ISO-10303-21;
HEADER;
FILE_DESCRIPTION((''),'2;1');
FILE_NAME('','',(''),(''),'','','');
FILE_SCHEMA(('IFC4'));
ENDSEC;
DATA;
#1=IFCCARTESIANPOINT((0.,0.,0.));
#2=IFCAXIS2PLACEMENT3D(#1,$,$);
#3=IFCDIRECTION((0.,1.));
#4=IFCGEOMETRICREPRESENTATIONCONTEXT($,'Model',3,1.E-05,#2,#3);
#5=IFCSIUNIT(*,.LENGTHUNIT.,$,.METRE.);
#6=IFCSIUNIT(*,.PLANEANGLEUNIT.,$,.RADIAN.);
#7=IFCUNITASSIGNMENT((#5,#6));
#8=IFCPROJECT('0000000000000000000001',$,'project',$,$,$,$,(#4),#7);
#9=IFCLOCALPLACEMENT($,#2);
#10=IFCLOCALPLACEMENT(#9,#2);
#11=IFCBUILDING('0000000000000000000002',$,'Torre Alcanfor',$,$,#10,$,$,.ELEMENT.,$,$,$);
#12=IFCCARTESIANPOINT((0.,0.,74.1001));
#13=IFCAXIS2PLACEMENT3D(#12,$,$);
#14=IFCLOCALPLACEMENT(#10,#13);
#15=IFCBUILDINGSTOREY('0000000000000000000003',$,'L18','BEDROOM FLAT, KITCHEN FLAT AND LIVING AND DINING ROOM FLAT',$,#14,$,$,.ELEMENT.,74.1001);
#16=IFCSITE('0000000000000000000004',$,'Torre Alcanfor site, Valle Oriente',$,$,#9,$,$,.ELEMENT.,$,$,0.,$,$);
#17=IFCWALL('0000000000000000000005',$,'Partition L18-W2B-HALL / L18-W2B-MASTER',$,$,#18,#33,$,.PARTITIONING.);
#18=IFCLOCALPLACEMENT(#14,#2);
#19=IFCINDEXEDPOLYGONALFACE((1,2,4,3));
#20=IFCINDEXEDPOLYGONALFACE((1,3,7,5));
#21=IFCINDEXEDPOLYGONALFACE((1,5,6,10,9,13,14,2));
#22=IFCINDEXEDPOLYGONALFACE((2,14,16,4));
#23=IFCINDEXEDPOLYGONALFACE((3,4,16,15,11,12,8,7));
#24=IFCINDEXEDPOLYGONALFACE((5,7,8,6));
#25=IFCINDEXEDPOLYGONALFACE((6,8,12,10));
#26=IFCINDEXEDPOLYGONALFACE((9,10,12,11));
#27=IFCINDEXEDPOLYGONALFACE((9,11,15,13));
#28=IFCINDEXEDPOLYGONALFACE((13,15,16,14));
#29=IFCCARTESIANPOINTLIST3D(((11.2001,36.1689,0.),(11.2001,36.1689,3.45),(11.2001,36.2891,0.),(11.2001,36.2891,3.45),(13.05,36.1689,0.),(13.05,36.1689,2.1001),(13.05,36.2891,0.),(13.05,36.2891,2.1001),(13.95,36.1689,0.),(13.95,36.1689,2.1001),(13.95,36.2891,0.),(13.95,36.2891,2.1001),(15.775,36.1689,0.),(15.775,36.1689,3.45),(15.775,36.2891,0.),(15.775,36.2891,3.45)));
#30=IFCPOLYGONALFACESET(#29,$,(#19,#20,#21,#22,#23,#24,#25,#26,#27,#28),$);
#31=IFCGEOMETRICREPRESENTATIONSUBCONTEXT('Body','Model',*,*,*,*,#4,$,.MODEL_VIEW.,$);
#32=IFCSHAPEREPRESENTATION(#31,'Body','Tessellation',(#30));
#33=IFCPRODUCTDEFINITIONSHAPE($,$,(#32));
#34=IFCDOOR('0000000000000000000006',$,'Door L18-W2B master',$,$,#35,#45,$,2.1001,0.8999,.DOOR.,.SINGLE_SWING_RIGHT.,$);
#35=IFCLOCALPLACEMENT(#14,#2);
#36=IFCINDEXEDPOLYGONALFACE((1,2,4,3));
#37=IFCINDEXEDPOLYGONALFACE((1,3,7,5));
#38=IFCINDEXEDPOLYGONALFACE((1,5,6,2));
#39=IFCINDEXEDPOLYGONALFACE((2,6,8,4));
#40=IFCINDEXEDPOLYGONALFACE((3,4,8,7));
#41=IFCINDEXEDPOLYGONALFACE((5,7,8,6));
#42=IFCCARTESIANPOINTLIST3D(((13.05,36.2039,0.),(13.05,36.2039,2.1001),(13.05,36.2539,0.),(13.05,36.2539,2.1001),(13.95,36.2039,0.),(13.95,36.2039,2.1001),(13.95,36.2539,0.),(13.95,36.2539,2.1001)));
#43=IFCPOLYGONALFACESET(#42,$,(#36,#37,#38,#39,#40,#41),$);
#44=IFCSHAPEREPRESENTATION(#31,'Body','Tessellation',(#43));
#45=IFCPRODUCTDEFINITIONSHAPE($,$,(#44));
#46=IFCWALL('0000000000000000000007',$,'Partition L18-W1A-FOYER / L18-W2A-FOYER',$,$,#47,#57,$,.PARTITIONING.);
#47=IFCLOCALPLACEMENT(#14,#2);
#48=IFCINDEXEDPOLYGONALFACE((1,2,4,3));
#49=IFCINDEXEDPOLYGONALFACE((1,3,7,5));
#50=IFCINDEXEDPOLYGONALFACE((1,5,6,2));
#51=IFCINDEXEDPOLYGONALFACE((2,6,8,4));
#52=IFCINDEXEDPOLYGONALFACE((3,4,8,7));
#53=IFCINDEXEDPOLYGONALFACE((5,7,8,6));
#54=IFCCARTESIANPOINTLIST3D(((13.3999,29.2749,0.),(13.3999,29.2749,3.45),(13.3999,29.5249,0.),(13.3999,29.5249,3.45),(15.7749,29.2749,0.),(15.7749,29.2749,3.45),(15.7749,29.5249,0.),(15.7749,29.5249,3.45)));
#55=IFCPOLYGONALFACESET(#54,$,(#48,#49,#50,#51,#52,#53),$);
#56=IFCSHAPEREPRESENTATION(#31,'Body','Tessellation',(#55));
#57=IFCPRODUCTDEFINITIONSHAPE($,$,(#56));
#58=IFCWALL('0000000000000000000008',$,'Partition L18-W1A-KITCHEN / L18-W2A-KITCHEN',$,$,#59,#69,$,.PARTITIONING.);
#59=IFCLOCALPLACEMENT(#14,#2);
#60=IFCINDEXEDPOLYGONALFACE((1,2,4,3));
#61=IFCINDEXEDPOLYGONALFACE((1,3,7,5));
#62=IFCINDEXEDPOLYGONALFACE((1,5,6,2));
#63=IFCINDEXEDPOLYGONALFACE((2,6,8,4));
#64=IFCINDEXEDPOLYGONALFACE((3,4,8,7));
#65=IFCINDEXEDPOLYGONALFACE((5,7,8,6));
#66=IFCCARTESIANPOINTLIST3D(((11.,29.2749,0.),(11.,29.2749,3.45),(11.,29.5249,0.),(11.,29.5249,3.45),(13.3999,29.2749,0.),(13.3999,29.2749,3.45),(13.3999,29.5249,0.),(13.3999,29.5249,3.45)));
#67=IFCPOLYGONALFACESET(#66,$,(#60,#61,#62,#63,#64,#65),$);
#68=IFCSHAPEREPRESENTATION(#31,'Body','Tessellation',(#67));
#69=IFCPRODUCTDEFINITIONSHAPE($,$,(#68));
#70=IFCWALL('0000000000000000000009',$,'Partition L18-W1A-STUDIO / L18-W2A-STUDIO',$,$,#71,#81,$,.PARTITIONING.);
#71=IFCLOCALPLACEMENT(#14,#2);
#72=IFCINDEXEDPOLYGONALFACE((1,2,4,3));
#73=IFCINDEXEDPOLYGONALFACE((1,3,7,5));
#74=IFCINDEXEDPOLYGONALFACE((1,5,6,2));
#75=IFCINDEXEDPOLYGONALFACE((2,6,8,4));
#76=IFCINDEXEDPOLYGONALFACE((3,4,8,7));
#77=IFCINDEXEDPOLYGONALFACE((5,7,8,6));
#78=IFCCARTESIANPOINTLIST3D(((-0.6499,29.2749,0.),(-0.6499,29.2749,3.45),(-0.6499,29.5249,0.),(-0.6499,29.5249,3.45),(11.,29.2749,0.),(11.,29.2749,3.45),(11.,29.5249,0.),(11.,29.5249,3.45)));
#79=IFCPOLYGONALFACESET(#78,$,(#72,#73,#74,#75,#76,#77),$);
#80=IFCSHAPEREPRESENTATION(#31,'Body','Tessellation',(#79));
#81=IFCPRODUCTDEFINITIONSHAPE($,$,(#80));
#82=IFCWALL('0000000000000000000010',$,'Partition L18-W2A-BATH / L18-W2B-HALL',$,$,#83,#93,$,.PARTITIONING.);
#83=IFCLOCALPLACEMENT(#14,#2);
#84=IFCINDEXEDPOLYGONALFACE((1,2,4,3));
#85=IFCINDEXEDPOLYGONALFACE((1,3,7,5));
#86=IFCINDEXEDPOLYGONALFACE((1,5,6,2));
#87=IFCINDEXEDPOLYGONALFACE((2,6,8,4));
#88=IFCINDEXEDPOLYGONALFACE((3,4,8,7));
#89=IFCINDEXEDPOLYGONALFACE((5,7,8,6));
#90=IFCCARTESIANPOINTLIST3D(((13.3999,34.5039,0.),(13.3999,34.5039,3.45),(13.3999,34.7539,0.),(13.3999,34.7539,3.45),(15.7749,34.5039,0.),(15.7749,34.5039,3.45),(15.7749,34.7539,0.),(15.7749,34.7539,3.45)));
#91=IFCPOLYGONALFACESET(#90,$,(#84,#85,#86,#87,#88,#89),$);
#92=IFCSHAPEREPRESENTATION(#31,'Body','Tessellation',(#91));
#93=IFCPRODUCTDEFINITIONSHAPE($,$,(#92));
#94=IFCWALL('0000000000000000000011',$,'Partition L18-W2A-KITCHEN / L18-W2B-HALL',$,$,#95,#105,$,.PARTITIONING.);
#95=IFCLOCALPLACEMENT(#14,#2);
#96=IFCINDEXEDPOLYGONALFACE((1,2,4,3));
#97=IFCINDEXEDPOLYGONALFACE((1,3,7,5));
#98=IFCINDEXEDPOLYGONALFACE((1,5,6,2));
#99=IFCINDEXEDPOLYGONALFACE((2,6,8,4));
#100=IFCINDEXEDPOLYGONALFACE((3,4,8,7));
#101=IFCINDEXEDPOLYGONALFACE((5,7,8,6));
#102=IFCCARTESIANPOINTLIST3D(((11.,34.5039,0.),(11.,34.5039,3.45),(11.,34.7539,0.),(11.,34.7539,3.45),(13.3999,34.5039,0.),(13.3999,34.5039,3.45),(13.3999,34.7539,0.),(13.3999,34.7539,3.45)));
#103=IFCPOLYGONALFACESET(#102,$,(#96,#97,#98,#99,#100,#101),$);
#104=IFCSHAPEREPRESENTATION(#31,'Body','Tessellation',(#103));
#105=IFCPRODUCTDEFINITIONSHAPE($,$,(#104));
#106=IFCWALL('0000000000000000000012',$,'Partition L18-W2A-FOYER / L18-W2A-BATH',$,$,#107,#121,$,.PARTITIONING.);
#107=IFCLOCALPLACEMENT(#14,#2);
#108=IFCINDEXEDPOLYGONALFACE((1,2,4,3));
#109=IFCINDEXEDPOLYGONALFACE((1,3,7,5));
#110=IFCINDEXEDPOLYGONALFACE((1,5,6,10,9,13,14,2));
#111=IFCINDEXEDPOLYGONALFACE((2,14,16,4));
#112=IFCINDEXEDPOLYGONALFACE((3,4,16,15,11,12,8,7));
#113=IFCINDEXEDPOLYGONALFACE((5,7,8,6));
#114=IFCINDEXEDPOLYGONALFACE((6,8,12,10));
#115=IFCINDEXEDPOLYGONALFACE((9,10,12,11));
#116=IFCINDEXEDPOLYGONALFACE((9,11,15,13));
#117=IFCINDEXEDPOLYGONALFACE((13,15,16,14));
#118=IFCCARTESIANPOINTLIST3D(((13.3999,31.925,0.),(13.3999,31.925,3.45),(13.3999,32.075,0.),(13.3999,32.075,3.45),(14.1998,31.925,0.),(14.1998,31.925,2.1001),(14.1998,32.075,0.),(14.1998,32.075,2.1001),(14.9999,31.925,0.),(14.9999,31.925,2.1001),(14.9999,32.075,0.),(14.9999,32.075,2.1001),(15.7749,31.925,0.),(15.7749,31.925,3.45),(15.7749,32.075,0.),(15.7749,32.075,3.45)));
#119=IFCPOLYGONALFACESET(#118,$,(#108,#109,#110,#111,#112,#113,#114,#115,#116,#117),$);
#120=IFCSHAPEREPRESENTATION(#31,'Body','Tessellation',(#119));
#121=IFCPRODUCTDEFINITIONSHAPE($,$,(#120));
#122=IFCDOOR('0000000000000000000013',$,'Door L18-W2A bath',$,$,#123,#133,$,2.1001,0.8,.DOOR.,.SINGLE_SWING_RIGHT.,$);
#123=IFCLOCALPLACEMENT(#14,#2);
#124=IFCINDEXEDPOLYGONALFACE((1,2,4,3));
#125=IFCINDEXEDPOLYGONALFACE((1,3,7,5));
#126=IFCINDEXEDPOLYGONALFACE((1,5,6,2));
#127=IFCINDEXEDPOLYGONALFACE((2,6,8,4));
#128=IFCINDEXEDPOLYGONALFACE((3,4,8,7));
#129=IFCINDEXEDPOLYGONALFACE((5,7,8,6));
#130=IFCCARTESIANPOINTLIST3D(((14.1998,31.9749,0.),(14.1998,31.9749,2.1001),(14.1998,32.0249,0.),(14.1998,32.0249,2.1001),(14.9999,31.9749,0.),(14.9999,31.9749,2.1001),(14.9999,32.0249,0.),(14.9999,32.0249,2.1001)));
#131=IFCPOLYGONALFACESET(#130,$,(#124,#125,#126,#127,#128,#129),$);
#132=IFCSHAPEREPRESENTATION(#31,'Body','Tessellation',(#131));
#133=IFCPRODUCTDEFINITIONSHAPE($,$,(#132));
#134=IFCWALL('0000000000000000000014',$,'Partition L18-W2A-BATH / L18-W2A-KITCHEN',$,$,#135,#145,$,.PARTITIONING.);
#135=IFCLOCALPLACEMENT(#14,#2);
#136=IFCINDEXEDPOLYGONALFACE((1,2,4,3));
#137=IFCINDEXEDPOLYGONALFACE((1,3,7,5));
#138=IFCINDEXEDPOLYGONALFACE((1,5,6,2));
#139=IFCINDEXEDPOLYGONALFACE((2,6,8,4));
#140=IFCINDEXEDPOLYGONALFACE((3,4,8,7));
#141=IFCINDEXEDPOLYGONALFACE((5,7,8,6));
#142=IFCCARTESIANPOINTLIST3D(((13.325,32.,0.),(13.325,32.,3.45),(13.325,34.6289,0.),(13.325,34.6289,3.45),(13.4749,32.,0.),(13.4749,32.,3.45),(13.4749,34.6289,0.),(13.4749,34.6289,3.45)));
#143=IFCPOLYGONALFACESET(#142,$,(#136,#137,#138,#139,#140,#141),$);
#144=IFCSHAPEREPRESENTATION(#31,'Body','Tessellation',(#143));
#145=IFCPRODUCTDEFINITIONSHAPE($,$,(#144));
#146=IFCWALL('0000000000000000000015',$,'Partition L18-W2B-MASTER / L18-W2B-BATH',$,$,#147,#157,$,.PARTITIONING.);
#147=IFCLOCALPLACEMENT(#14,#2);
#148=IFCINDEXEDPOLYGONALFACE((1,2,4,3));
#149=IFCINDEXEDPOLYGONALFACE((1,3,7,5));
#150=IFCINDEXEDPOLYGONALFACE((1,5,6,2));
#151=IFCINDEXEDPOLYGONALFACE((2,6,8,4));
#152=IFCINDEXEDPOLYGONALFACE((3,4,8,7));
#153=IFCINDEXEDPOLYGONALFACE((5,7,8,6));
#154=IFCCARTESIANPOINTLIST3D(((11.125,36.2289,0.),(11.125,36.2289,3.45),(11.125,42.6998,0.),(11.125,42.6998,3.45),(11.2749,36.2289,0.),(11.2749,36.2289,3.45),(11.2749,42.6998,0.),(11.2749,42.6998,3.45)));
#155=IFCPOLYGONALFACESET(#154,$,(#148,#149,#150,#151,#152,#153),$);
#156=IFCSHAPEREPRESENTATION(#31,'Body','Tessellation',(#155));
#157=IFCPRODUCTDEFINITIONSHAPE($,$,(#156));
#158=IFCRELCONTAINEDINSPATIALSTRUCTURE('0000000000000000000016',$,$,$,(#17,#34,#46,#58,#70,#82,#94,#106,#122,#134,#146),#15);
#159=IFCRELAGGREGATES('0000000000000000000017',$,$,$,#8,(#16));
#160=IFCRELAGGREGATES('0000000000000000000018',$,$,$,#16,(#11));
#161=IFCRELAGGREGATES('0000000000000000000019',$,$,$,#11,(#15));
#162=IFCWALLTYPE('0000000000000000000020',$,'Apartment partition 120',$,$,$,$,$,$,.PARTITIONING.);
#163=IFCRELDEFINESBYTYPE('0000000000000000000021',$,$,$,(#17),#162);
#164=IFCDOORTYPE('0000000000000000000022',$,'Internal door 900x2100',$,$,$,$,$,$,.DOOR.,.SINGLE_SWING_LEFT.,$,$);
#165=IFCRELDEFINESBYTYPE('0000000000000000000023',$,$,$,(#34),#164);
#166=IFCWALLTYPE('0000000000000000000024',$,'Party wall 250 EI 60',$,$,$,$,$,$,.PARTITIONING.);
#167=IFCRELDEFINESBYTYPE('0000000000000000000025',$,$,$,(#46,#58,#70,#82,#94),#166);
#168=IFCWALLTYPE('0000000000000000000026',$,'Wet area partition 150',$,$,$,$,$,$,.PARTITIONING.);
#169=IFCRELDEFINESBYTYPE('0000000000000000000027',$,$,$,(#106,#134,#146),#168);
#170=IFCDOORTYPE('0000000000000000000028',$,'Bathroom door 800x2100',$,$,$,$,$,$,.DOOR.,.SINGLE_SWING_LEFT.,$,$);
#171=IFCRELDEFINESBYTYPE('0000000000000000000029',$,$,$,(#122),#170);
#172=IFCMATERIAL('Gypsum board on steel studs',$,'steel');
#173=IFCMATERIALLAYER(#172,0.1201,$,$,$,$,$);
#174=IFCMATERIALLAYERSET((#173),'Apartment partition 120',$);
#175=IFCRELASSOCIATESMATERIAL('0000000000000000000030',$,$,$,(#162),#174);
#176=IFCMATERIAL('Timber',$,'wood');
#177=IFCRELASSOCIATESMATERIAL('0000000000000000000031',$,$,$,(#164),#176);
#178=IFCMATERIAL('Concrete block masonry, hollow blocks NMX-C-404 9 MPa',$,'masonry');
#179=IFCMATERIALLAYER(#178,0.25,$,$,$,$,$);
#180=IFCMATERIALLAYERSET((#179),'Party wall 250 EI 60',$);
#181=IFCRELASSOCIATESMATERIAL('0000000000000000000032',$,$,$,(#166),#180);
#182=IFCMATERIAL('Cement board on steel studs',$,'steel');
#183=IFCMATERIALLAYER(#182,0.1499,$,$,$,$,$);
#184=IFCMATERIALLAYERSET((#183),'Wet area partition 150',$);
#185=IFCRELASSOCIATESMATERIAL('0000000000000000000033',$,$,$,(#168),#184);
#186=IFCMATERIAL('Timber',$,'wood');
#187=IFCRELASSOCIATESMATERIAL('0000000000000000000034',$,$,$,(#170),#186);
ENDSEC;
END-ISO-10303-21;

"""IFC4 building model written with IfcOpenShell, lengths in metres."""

from ifc_helpers import new_model, si_unit, direction, frame, frame_2d, origin, place, context, subcontext, project, spatial, rectangle, extrude, material, layer, layer_set, type_object, element, fill, save


model = new_model("IFC4")

# Units and contexts
model_context = context("Model", 3, precision=1e-05, world=origin(), true_north=direction((0.0, 1.0)))
body_context = subcontext(model_context, "Body", "Model", "MODEL_VIEW")
ifc_project = project(units=[si_unit("LENGTHUNIT", "METRE"), si_unit("PLANEANGLEUNIT", "RADIAN")], contexts=[model_context])

# Site, building, storey
site_placement = place(None, origin())
site = spatial("IfcSite", under=ifc_project, at=site_placement, Name="Torre Alcanfor site, Valle Oriente", CompositionType="ELEMENT", RefElevation=0.0)
building_placement = place(site_placement, origin())
building = spatial("IfcBuilding", under=site, at=building_placement, Name="Torre Alcanfor", CompositionType="ELEMENT")
storey_placement = place(building_placement, frame((0.0, 0.0, 74.1001)))
storey = spatial("IfcBuildingStorey", under=building, at=storey_placement, Name="L18", Description="BEDROOM FLAT, KITCHEN FLAT AND LIVING AND DINING ROOM FLAT", CompositionType="ELEMENT", Elevation=74.1001)

# Wall, opening, door
ifc_material_1 = material(Name="Gypsum board on steel studs", Category="steel")
ifc_layer_1 = layer(ifc_material_1, 0.1201)
ifc_layer_set_1 = layer_set([ifc_layer_1], Name="Apartment partition 120")
wall_type_1 = type_object("IfcWallType", Name="Apartment partition 120", PredefinedType="PARTITIONING", material=ifc_layer_set_1)
wall_1_placement = place(storey_placement, frame((11.2, 36.229, 0.0), z_axis=(0.0, 0.0, 1.0), x_axis=(1.0, 0.0, 0.0)))
wall_1 = element("IfcWall", 1, at=wall_1_placement, inside=storey, type_object=wall_type_1, Name="Partition L18-W2B-HALL / L18-W2B-MASTER", PredefinedType="PARTITIONING", context=body_context, shape_type="SweptSolid", body=[
    extrude(rectangle(XDim=4.575, YDim=0.1201, at=frame_2d((2.2876, 0.0))), origin(), (0.0, 0.0, 1.0), 3.45),
])
opening_1_placement = place(wall_1_placement, frame((1.8501, 0.0, 0.0)))
opening_1 = element("IfcOpeningElement", 2, at=opening_1_placement, cuts=wall_1, PredefinedType="OPENING", context=body_context, shape_type="SweptSolid", body=[
    extrude(rectangle(XDim=0.8999, YDim=2.1001, at=frame_2d((0.45, 1.05))), frame((0.0, 0.0701, 0.0), z_axis=(0.0, -1.0, 0.0), x_axis=(1.0, 0.0, 0.0)), (0.0, 0.0, 1.0), 0.1401),
])
ifc_material_2 = material(Name="Timber", Category="wood")
door_type_1 = type_object("IfcDoorType", Name="Internal door 900x2100", OperationType="SINGLE_SWING_LEFT", PredefinedType="DOOR", material=ifc_material_2)
door_1_placement = place(opening_1_placement, origin())
door_1 = element("IfcDoor", 3, at=door_1_placement, inside=storey, type_object=door_type_1, Name="Door L18-W2B master", OperationType="SINGLE_SWING_RIGHT", OverallHeight=2.1001, OverallWidth=0.8999, PredefinedType="DOOR", context=body_context, shape_type="SweptSolid", body=[
    extrude(rectangle(XDim=0.8999, YDim=2.1001, at=frame_2d((0.45, 1.05))), frame((0.0, 0.0249, 0.0), z_axis=(0.0, -1.0, 0.0), x_axis=(1.0, 0.0, 0.0)), (0.0, 0.0, 1.0), 0.05),
])
fill(opening_1, door_1)

# Walls
ifc_material_3 = material(Name="Concrete block masonry, hollow blocks NMX-C-404 9 MPa", Category="masonry")
ifc_layer_2 = layer(ifc_material_3, 0.25)
ifc_layer_set_2 = layer_set([ifc_layer_2], Name="Party wall 250 EI 60")
wall_type_2 = type_object("IfcWallType", Name="Party wall 250 EI 60", PredefinedType="PARTITIONING", material=ifc_layer_set_2)
wall_2_placement = place(storey_placement, frame((15.7749, 29.3999, 0.0), z_axis=(0.0, 0.0, 1.0), x_axis=(-1.0, 0.0, 0.0)))
element("IfcWall", 4, at=wall_2_placement, inside=storey, type_object=wall_type_2, Name="Partition L18-W1A-FOYER / L18-W2A-FOYER", PredefinedType="PARTITIONING", context=body_context, shape_type="SweptSolid", body=[
    extrude(rectangle(XDim=2.375, YDim=0.25, at=frame_2d((1.1875, 0.0))), origin(), (0.0, 0.0, 1.0), 3.45),
])
wall_3_placement = place(storey_placement, frame((13.3999, 29.3999, 0.0), z_axis=(0.0, 0.0, 1.0), x_axis=(-1.0, 0.0, 0.0)))
element("IfcWall", 5, at=wall_3_placement, inside=storey, type_object=wall_type_2, Name="Partition L18-W1A-KITCHEN / L18-W2A-KITCHEN", PredefinedType="PARTITIONING", context=body_context, shape_type="SweptSolid", body=[
    extrude(rectangle(XDim=2.3999, YDim=0.25, at=frame_2d((1.2, 0.0))), origin(), (0.0, 0.0, 1.0), 3.45),
])
wall_4_placement = place(storey_placement, frame((11.0, 29.3999, 0.0), z_axis=(0.0, 0.0, 1.0), x_axis=(-1.0, 0.0, 0.0)))
element("IfcWall", 6, at=wall_4_placement, inside=storey, type_object=wall_type_2, Name="Partition L18-W1A-STUDIO / L18-W2A-STUDIO", PredefinedType="PARTITIONING", context=body_context, shape_type="SweptSolid", body=[
    extrude(rectangle(XDim=11.6499, YDim=0.25, at=frame_2d((5.825, 0.0))), origin(), (0.0, 0.0, 1.0), 3.45),
])
wall_5_placement = place(storey_placement, frame((13.3999, 34.6289, 0.0), z_axis=(0.0, 0.0, 1.0), x_axis=(1.0, 0.0, 0.0)))
element("IfcWall", 7, at=wall_5_placement, inside=storey, type_object=wall_type_2, Name="Partition L18-W2A-BATH / L18-W2B-HALL", PredefinedType="PARTITIONING", context=body_context, shape_type="SweptSolid", body=[
    extrude(rectangle(XDim=2.375, YDim=0.25, at=frame_2d((1.1875, 0.0))), origin(), (0.0, 0.0, 1.0), 3.45),
])
wall_6_placement = place(storey_placement, frame((11.0, 34.6289, 0.0), z_axis=(0.0, 0.0, 1.0), x_axis=(1.0, 0.0, 0.0)))
element("IfcWall", 8, at=wall_6_placement, inside=storey, type_object=wall_type_2, Name="Partition L18-W2A-KITCHEN / L18-W2B-HALL", PredefinedType="PARTITIONING", context=body_context, shape_type="SweptSolid", body=[
    extrude(rectangle(XDim=2.3999, YDim=0.25, at=frame_2d((1.2, 0.0))), origin(), (0.0, 0.0, 1.0), 3.45),
])

# Wall, opening, door
ifc_material_4 = material(Name="Cement board on steel studs", Category="steel")
ifc_layer_3 = layer(ifc_material_4, 0.1499)
ifc_layer_set_3 = layer_set([ifc_layer_3], Name="Wet area partition 150")
wall_type_3 = type_object("IfcWallType", Name="Wet area partition 150", PredefinedType="PARTITIONING", material=ifc_layer_set_3)
wall_7_placement = place(storey_placement, frame((13.3999, 32.0, 0.0), z_axis=(0.0, 0.0, 1.0), x_axis=(1.0, 0.0, 0.0)))
wall_7 = element("IfcWall", 9, at=wall_7_placement, inside=storey, type_object=wall_type_3, Name="Partition L18-W2A-FOYER / L18-W2A-BATH", PredefinedType="PARTITIONING", context=body_context, shape_type="SweptSolid", body=[
    extrude(rectangle(XDim=2.375, YDim=0.1499, at=frame_2d((1.1875, 0.0))), origin(), (0.0, 0.0, 1.0), 3.45),
])
opening_2_placement = place(wall_7_placement, frame((0.8, 0.0, 0.0)))
opening_2 = element("IfcOpeningElement", 10, at=opening_2_placement, cuts=wall_7, PredefinedType="OPENING", context=body_context, shape_type="SweptSolid", body=[
    extrude(rectangle(XDim=0.8, YDim=2.1001, at=frame_2d((0.3999, 1.05))), frame((0.0, 0.085, 0.0), z_axis=(0.0, -1.0, 0.0), x_axis=(1.0, 0.0, 0.0)), (0.0, 0.0, 1.0), 0.1699),
])
ifc_material_5 = material(Name="Timber", Category="wood")
door_type_2 = type_object("IfcDoorType", Name="Bathroom door 800x2100", OperationType="SINGLE_SWING_LEFT", PredefinedType="DOOR", material=ifc_material_5)
door_2_placement = place(opening_2_placement, origin())
door_2 = element("IfcDoor", 11, at=door_2_placement, inside=storey, type_object=door_type_2, Name="Door L18-W2A bath", OperationType="SINGLE_SWING_RIGHT", OverallHeight=2.1001, OverallWidth=0.8, PredefinedType="DOOR", context=body_context, shape_type="SweptSolid", body=[
    extrude(rectangle(XDim=0.8, YDim=2.1001, at=frame_2d((0.3999, 1.05))), frame((0.0, 0.0249, 0.0), z_axis=(0.0, -1.0, 0.0), x_axis=(1.0, 0.0, 0.0)), (0.0, 0.0, 1.0), 0.05),
])
fill(opening_2, door_2)

# Walls
wall_8_placement = place(storey_placement, frame((13.3999, 32.0, 0.0), z_axis=(0.0, 0.0, 1.0), x_axis=(0.0, 1.0, 0.0)))
element("IfcWall", 12, at=wall_8_placement, inside=storey, type_object=wall_type_3, Name="Partition L18-W2A-BATH / L18-W2A-KITCHEN", PredefinedType="PARTITIONING", context=body_context, shape_type="SweptSolid", body=[
    extrude(rectangle(XDim=2.6289, YDim=0.1499, at=frame_2d((1.3145, 0.0))), origin(), (0.0, 0.0, 1.0), 3.45),
])
wall_9_placement = place(storey_placement, frame((11.2, 36.229, 0.0), z_axis=(0.0, 0.0, 1.0), x_axis=(0.0, 1.0, 0.0)))
element("IfcWall", 13, at=wall_9_placement, inside=storey, type_object=wall_type_3, Name="Partition L18-W2B-MASTER / L18-W2B-BATH", PredefinedType="PARTITIONING", context=body_context, shape_type="SweptSolid", body=[
    extrude(rectangle(XDim=6.4709, YDim=0.1499, at=frame_2d((3.2354, 0.0))), origin(), (0.0, 0.0, 1.0), 3.45),
])

save(model, "model.ifc")
